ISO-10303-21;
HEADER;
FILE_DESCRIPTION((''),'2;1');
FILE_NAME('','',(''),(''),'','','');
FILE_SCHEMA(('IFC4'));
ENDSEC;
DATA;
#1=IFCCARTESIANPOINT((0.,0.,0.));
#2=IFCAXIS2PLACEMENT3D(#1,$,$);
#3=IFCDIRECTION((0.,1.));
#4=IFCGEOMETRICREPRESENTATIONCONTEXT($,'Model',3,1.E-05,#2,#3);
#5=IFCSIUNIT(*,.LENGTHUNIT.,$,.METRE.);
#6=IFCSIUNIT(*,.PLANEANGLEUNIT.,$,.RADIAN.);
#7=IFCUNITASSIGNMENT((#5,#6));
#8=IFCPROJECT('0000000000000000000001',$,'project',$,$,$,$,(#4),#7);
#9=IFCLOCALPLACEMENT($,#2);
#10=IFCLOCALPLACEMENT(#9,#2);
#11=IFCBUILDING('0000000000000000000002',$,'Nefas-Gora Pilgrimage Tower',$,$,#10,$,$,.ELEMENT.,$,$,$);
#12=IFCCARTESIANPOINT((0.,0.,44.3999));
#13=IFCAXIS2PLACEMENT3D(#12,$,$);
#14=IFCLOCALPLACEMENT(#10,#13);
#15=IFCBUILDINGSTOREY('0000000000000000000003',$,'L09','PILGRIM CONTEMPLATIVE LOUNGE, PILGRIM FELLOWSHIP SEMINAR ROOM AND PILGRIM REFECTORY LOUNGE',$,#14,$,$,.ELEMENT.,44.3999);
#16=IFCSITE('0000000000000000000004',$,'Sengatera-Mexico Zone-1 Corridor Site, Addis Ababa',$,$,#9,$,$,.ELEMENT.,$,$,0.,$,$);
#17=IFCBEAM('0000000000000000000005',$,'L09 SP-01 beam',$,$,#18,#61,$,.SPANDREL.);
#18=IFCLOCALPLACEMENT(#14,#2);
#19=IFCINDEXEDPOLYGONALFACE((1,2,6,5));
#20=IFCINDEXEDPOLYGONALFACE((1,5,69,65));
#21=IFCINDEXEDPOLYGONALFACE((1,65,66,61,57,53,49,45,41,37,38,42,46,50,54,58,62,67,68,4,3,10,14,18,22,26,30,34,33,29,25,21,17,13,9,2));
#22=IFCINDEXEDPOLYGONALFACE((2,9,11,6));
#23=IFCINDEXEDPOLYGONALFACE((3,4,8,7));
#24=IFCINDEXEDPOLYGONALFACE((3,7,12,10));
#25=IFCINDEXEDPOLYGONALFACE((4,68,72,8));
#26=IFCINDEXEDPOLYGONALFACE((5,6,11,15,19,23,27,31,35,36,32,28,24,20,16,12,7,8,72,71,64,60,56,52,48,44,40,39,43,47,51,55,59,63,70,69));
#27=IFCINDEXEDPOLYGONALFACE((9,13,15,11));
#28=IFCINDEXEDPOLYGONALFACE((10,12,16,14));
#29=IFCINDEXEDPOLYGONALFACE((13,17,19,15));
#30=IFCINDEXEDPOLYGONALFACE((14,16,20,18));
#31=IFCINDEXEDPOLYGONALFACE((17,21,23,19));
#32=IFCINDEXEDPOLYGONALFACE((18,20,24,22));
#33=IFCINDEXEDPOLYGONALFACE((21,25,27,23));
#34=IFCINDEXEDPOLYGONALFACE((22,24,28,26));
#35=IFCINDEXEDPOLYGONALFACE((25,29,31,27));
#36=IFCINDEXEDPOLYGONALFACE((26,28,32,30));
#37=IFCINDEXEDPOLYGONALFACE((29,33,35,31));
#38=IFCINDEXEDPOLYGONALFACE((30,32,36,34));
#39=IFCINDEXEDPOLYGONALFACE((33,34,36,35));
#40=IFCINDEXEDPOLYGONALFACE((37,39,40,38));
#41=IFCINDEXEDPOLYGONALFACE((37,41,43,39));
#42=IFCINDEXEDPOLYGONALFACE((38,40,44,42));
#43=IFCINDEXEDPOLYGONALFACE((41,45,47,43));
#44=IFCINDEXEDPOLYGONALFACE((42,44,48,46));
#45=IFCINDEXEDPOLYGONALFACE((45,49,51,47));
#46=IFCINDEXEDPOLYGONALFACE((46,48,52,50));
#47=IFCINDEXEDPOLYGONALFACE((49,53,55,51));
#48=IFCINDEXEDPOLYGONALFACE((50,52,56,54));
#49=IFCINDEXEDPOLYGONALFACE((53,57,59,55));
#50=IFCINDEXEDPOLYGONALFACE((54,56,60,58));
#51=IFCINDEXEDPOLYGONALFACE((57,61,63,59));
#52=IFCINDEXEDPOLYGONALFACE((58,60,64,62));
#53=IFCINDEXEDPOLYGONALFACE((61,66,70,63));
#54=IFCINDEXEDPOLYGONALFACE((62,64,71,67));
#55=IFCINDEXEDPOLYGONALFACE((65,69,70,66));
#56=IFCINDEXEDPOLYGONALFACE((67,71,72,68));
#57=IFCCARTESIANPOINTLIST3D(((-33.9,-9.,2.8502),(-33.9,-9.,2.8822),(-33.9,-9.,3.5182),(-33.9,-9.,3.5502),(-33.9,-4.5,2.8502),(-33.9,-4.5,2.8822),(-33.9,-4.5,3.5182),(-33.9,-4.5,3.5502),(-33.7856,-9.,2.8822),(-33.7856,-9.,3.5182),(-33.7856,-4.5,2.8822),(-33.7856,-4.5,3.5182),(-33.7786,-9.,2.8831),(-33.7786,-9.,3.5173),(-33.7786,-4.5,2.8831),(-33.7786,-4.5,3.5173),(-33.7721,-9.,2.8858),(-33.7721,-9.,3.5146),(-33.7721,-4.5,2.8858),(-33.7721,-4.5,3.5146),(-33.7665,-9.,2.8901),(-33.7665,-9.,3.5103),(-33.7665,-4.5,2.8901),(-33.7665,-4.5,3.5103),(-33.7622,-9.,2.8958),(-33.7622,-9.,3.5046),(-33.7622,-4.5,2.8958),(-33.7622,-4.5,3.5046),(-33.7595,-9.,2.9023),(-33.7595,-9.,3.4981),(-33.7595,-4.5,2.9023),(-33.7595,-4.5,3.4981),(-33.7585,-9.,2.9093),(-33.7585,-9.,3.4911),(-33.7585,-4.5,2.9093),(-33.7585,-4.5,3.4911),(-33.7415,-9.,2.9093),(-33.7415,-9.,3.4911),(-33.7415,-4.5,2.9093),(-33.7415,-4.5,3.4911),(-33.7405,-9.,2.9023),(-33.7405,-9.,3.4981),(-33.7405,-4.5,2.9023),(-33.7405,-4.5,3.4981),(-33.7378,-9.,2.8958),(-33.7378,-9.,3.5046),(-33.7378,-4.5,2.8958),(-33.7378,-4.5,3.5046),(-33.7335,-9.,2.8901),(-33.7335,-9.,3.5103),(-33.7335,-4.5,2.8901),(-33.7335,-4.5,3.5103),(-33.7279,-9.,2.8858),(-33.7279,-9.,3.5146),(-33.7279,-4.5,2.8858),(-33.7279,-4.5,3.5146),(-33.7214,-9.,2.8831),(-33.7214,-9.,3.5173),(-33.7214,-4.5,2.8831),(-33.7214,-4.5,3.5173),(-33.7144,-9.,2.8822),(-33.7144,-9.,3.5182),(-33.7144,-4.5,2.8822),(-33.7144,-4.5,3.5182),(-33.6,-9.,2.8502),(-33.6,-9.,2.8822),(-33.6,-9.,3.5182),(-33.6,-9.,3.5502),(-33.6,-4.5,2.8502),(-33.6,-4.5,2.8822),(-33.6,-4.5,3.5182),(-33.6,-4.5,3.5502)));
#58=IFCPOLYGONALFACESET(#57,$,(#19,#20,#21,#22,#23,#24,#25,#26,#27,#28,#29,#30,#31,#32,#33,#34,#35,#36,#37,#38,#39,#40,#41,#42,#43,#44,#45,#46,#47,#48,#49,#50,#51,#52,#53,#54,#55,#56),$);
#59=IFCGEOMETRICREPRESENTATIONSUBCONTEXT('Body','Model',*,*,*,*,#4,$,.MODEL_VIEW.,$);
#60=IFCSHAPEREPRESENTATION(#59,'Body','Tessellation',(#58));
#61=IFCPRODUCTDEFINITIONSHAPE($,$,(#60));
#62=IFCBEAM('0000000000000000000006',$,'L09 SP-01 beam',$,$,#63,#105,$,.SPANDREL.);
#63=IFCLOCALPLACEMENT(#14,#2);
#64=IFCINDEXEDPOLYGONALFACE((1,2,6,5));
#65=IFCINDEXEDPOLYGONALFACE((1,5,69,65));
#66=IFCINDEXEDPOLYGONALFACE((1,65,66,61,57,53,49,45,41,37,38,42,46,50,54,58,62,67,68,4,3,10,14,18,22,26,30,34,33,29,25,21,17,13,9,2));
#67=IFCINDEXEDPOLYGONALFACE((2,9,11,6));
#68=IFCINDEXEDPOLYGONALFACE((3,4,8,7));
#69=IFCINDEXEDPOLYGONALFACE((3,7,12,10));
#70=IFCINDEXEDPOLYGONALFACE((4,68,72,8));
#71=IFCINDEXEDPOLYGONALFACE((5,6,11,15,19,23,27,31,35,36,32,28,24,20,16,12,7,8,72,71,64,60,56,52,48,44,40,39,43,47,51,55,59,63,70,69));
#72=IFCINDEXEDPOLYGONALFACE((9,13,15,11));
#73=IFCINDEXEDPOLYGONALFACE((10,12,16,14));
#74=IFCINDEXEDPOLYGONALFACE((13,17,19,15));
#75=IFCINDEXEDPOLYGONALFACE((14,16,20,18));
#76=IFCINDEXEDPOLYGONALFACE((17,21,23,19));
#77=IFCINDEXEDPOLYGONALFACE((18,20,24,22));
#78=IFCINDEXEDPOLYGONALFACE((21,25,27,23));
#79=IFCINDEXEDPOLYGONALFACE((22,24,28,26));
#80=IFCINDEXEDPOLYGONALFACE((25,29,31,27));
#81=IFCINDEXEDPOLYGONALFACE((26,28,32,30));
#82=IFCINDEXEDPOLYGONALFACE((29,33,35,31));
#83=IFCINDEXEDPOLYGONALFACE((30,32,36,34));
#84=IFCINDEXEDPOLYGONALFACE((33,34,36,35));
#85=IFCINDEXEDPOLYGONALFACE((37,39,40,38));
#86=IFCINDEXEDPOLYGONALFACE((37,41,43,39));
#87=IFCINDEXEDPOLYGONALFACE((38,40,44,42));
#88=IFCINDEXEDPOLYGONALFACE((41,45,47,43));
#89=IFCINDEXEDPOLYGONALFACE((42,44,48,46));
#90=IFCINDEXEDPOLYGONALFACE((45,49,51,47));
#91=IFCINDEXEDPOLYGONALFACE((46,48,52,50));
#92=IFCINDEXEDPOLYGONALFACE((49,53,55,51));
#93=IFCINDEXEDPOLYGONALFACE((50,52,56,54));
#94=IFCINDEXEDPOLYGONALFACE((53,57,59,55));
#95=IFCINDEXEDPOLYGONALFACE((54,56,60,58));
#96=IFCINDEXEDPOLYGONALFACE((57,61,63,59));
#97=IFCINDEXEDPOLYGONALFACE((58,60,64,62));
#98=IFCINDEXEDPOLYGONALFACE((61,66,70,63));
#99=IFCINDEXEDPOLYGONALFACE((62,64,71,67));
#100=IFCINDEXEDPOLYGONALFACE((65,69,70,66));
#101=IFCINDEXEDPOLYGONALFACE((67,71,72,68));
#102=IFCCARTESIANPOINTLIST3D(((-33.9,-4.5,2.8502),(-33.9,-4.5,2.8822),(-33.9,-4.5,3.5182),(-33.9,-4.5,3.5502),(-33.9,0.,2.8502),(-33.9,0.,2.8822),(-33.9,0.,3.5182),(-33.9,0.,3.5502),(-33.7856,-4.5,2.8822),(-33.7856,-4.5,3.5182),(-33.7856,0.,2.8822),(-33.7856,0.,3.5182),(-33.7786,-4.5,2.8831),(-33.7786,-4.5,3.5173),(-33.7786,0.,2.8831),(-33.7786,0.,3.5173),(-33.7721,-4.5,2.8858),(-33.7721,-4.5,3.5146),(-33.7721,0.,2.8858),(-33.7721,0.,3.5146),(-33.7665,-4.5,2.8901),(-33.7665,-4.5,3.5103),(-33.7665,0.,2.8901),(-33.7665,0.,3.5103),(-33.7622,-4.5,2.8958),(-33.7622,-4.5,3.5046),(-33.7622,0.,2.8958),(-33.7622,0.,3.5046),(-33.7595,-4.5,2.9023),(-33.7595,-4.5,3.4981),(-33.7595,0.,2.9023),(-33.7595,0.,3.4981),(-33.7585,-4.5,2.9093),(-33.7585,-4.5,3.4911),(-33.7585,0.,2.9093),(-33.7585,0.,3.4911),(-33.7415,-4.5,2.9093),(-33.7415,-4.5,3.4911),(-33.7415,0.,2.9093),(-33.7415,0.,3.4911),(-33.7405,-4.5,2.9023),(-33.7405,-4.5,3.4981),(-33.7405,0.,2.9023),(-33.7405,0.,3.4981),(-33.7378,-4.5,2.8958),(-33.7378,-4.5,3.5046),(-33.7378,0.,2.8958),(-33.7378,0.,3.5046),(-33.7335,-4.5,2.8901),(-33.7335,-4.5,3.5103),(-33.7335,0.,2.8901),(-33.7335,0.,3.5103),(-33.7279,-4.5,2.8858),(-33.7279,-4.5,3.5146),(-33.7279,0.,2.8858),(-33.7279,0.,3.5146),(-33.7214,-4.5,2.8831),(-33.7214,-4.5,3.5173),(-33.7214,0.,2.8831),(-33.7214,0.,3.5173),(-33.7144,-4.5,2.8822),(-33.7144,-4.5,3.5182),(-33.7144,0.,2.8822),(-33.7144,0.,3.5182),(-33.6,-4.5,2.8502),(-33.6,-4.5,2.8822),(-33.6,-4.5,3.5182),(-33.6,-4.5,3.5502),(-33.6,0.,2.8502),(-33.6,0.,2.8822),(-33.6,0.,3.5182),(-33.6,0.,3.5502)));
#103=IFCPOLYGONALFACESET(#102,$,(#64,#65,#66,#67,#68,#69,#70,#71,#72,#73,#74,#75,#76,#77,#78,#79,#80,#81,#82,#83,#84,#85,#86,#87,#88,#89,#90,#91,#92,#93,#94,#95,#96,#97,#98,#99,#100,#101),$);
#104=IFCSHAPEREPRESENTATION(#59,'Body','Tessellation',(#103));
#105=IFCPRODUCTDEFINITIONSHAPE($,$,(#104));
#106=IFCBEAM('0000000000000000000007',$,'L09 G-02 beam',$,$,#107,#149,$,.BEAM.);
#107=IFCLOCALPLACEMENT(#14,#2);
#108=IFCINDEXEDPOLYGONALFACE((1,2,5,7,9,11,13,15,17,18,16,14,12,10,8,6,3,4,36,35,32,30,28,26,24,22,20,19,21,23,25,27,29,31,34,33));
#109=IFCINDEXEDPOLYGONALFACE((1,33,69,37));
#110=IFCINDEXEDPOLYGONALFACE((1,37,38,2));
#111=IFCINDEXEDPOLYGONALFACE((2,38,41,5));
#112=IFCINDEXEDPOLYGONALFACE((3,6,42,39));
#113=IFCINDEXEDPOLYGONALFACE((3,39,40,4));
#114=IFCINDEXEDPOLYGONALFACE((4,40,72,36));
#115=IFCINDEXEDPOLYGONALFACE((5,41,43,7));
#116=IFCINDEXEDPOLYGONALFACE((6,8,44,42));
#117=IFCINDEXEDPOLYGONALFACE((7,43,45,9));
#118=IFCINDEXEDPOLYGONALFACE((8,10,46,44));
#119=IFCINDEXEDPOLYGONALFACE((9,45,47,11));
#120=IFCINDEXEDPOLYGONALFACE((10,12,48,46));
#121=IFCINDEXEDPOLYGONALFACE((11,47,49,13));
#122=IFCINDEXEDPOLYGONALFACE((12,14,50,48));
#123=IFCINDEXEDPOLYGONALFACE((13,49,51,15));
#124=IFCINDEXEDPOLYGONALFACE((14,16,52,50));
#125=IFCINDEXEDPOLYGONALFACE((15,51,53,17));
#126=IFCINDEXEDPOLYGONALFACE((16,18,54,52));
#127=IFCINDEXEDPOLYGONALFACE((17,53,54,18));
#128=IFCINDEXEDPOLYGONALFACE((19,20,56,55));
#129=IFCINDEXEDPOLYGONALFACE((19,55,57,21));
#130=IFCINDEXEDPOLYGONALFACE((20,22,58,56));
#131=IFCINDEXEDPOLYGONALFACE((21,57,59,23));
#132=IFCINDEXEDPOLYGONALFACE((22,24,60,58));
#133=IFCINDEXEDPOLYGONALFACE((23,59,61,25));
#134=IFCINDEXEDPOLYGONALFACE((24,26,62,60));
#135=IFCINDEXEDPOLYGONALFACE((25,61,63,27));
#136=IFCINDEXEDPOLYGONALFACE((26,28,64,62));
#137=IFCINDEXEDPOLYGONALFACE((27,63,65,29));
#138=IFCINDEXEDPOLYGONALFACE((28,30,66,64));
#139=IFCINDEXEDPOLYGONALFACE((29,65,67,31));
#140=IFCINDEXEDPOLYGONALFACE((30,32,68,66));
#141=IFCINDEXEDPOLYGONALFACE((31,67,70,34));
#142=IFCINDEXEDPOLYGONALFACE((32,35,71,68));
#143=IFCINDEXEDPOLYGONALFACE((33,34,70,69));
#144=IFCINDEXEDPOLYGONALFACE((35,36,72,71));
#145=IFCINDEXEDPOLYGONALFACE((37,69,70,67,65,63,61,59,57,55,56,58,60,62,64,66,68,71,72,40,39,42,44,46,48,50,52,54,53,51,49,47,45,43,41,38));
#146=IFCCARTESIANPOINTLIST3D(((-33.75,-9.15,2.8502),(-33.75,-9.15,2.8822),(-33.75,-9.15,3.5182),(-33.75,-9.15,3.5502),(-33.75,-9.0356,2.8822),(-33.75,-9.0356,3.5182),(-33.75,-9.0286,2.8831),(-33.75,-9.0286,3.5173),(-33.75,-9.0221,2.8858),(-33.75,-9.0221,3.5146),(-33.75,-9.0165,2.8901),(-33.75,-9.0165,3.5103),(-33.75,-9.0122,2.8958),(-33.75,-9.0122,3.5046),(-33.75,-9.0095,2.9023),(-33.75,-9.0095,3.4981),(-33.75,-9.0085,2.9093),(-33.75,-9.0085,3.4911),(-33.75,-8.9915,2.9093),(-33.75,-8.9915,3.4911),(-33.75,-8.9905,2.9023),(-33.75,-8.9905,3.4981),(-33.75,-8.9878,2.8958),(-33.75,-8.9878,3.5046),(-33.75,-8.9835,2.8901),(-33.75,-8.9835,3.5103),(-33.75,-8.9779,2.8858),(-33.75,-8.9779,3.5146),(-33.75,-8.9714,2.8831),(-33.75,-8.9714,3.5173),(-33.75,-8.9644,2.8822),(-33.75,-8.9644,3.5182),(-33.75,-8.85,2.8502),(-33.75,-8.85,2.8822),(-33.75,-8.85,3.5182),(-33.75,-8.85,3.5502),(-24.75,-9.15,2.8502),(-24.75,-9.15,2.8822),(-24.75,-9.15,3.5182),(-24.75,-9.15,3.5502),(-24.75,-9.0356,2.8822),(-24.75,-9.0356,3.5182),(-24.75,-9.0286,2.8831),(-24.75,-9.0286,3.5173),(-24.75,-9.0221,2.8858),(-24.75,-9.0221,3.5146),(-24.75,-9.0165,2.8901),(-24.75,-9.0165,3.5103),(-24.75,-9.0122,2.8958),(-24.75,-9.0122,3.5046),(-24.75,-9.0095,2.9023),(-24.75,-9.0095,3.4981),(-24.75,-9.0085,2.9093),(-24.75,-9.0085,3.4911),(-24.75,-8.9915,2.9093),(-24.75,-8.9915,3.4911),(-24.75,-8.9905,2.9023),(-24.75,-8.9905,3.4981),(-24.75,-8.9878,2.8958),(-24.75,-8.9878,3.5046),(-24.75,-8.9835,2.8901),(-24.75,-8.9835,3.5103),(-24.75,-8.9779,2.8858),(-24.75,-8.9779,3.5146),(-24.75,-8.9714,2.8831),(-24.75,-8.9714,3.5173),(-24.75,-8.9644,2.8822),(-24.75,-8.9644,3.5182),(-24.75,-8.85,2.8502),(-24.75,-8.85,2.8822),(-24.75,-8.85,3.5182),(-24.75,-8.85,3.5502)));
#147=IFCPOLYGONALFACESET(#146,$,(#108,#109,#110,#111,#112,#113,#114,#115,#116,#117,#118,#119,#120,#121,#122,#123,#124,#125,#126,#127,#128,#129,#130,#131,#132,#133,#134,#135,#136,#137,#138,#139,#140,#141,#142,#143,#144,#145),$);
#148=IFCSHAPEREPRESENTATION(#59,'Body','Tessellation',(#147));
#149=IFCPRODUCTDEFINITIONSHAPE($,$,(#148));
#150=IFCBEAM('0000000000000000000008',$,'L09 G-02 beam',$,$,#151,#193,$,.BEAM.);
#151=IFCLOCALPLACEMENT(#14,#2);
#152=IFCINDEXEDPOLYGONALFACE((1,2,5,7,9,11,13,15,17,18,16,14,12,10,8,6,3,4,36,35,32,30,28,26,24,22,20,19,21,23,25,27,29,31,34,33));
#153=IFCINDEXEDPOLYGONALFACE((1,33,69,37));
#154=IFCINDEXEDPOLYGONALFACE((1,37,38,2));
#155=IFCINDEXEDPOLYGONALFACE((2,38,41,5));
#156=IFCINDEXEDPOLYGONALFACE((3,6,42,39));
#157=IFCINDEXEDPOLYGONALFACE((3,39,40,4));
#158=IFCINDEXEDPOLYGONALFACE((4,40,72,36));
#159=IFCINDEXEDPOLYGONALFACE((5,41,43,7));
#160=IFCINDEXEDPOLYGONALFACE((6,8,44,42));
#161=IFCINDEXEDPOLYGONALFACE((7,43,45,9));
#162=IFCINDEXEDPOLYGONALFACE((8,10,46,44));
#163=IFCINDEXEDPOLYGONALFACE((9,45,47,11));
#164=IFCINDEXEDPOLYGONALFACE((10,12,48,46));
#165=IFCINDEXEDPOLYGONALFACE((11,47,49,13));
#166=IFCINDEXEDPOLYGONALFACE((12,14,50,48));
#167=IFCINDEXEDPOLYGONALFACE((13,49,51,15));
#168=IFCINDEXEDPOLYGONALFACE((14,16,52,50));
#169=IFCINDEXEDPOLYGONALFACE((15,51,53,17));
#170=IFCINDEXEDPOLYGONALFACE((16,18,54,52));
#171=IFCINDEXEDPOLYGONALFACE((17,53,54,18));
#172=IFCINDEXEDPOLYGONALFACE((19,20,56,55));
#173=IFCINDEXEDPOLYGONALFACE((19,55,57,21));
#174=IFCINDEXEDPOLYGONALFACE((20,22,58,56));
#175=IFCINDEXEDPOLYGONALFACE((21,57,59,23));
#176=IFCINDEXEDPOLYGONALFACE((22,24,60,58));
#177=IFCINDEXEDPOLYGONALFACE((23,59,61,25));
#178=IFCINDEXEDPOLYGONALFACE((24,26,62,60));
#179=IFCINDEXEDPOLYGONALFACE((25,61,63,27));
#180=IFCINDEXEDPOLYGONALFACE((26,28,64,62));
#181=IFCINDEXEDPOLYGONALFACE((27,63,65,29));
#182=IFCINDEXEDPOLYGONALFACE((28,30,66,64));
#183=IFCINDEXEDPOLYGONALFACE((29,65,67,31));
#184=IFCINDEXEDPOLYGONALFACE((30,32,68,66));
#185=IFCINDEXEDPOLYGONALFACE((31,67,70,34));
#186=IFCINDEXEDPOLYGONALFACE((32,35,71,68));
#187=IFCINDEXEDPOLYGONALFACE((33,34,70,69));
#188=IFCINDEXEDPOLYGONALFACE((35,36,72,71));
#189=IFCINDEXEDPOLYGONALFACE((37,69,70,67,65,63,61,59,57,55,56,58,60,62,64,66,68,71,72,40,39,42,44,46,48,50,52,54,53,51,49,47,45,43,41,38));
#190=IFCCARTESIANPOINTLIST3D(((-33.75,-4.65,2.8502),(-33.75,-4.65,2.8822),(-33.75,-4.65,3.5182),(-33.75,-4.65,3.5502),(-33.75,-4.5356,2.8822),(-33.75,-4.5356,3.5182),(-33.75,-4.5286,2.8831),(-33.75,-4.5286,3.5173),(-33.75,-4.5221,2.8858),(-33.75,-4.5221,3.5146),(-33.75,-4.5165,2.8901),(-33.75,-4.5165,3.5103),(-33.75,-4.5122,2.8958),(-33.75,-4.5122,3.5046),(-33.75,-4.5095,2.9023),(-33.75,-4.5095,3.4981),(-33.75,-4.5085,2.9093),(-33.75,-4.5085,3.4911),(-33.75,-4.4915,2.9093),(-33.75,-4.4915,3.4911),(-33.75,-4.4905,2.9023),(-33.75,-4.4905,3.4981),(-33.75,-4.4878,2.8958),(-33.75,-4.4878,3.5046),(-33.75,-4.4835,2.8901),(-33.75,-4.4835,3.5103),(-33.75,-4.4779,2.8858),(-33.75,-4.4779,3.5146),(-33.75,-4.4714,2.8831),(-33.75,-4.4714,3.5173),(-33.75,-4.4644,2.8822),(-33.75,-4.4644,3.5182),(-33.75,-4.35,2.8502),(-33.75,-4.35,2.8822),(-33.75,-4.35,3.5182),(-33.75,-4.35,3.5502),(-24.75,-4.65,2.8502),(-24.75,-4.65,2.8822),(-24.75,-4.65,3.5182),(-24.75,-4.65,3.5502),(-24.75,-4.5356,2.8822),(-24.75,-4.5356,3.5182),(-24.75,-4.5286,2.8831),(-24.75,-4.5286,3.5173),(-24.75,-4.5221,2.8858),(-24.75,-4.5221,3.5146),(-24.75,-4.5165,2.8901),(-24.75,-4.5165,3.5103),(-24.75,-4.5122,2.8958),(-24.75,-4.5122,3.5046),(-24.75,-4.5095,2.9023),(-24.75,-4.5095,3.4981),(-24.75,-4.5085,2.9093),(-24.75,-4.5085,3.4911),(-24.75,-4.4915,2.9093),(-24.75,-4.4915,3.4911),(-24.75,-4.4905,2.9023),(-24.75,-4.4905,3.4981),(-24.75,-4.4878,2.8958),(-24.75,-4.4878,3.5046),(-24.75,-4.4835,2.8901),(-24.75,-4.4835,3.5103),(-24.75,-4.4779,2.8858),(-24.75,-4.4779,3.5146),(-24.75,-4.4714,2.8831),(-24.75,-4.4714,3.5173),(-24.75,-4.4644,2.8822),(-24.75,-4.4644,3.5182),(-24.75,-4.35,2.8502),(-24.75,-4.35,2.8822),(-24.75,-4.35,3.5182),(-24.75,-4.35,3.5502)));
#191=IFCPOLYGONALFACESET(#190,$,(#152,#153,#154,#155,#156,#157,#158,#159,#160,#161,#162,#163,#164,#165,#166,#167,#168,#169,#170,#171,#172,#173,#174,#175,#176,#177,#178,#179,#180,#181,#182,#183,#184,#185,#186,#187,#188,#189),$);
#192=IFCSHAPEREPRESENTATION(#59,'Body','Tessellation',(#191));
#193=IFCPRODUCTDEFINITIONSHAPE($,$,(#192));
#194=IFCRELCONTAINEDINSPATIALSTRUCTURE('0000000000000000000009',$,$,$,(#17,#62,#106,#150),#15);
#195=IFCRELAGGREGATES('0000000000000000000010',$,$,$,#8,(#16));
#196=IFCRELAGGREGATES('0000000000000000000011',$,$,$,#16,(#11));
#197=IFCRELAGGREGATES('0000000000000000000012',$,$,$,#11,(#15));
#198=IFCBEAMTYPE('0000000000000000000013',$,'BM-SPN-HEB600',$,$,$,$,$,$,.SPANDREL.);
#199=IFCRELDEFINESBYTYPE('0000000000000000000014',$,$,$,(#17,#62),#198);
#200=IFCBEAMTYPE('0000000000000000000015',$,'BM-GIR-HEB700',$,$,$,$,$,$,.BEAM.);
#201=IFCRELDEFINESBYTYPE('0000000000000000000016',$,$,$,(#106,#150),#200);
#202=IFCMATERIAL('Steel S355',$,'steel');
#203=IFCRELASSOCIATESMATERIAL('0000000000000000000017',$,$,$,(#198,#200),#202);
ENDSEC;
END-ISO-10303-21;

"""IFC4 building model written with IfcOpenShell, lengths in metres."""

from ifc_helpers import new_model, si_unit, direction, frame, origin, origin_2d, place, context, subcontext, project, spatial, i_section, extrude, source, transform, mapped, material, material_profile, profile_set, type_object, element, save


model = new_model("IFC4")

# Units and contexts
model_context = context("Model", 3, precision=1e-05, world=origin(), true_north=direction((0.0, 1.0)))
body_context = subcontext(model_context, "Body", "Model", "MODEL_VIEW")
ifc_project = project(units=[si_unit("LENGTHUNIT", "METRE"), si_unit("PLANEANGLEUNIT", "RADIAN")], contexts=[model_context])

# Site, building, storey
site_placement = place(None, origin())
site = spatial("IfcSite", under=ifc_project, at=site_placement, Name="Sengatera-Mexico Zone-1 Corridor Site, Addis Ababa", CompositionType="ELEMENT", RefElevation=0.0)
building_placement = place(site_placement, origin())
building = spatial("IfcBuilding", under=site, at=building_placement, Name="Nefas-Gora Pilgrimage Tower", CompositionType="ELEMENT")
storey_placement = place(building_placement, frame((0.0, 0.0, 44.3999)))
storey = spatial("IfcBuildingStorey", under=building, at=storey_placement, Name="L09", Description="PILGRIM CONTEMPLATIVE LOUNGE, PILGRIM FELLOWSHIP SEMINAR ROOM AND PILGRIM REFECTORY LOUNGE", CompositionType="ELEMENT", Elevation=44.3999)

# Beams
ifc_material_1 = material(Name="Steel S355", Category="steel")
ifc_material_profile_1 = material_profile(ifc_material_1, i_section(OverallWidth=0.3, OverallDepth=0.7, WebThickness=0.0171, FlangeThickness=0.032, FilletRadius=0.0271, at=origin_2d()), Name="HEB 700")
ifc_profile_set_1 = profile_set([ifc_material_profile_1], Name="Steel S355")
beam_type_1 = type_object("IfcBeamType", Name="BM-SPN-HEB600", PredefinedType="SPANDREL", material=ifc_profile_set_1)
shared_shape_1 = source(origin(), body_context, "Body", "SweptSolid", [
    extrude(i_section(OverallWidth=0.3, OverallDepth=0.7, WebThickness=0.0171, FlangeThickness=0.032, FilletRadius=0.0271, at=origin_2d()), origin(), (0.0, 0.0, 1.0), 4.5),
])
for number, where, z_axis, x_axis, name in (
    (1, (-33.75, -9.0, 3.2002), (0.0, 1.0, 0.0), (-1.0, 0.0, 0.0), "L09 SP-01 beam"),
    (2, (-33.75, -4.5, 3.2002), (0.0, 1.0, 0.0), (-1.0, 0.0, 0.0), "L09 SP-01 beam"),
):
    element("IfcBeam", number, at=place(storey_placement, frame(where, z_axis=z_axis, x_axis=x_axis)), inside=storey, type_object=beam_type_1, Name=name, PredefinedType="SPANDREL", context=body_context, shape_type="MappedRepresentation", body=[
        mapped(shared_shape_1, transform((0.0, 0.0, 0.0), x_axis=(1.0, 0.0, 0.0), y_axis=(0.0, 1.0, 0.0), z_axis=(0.0, 0.0, 1.0), scale=1.0)),
    ])
ifc_material_profile_2 = material_profile(ifc_material_1, i_section(OverallWidth=0.3, OverallDepth=0.7, WebThickness=0.0171, FlangeThickness=0.032, FilletRadius=0.0271, at=origin_2d()), Name="HEB 700")
ifc_profile_set_2 = profile_set([ifc_material_profile_2], Name="Steel S355")
beam_type_2 = type_object("IfcBeamType", Name="BM-GIR-HEB700", PredefinedType="BEAM", material=ifc_profile_set_2)
shared_shape_2 = source(origin(), body_context, "Body", "SweptSolid", [
    extrude(i_section(OverallWidth=0.3, OverallDepth=0.7, WebThickness=0.0171, FlangeThickness=0.032, FilletRadius=0.0271, at=origin_2d()), origin(), (0.0, 0.0, 1.0), 9.0),
])
for number, where, z_axis, x_axis, name in (
    (3, (-33.75, -9.0, 3.2002), (1.0, 0.0, 0.0), (0.0, 1.0, 0.0), "L09 G-02 beam"),
    (4, (-33.75, -4.5, 3.2002), (1.0, 0.0, 0.0), (0.0, 1.0, 0.0), "L09 G-02 beam"),
):
    element("IfcBeam", number, at=place(storey_placement, frame(where, z_axis=z_axis, x_axis=x_axis)), inside=storey, type_object=beam_type_2, Name=name, PredefinedType="BEAM", context=body_context, shape_type="MappedRepresentation", body=[
        mapped(shared_shape_2, transform((0.0, 0.0, 0.0), x_axis=(1.0, 0.0, 0.0), y_axis=(0.0, 1.0, 0.0), z_axis=(0.0, 0.0, 1.0), scale=1.0)),
    ])

save(model, "model.ifc")
